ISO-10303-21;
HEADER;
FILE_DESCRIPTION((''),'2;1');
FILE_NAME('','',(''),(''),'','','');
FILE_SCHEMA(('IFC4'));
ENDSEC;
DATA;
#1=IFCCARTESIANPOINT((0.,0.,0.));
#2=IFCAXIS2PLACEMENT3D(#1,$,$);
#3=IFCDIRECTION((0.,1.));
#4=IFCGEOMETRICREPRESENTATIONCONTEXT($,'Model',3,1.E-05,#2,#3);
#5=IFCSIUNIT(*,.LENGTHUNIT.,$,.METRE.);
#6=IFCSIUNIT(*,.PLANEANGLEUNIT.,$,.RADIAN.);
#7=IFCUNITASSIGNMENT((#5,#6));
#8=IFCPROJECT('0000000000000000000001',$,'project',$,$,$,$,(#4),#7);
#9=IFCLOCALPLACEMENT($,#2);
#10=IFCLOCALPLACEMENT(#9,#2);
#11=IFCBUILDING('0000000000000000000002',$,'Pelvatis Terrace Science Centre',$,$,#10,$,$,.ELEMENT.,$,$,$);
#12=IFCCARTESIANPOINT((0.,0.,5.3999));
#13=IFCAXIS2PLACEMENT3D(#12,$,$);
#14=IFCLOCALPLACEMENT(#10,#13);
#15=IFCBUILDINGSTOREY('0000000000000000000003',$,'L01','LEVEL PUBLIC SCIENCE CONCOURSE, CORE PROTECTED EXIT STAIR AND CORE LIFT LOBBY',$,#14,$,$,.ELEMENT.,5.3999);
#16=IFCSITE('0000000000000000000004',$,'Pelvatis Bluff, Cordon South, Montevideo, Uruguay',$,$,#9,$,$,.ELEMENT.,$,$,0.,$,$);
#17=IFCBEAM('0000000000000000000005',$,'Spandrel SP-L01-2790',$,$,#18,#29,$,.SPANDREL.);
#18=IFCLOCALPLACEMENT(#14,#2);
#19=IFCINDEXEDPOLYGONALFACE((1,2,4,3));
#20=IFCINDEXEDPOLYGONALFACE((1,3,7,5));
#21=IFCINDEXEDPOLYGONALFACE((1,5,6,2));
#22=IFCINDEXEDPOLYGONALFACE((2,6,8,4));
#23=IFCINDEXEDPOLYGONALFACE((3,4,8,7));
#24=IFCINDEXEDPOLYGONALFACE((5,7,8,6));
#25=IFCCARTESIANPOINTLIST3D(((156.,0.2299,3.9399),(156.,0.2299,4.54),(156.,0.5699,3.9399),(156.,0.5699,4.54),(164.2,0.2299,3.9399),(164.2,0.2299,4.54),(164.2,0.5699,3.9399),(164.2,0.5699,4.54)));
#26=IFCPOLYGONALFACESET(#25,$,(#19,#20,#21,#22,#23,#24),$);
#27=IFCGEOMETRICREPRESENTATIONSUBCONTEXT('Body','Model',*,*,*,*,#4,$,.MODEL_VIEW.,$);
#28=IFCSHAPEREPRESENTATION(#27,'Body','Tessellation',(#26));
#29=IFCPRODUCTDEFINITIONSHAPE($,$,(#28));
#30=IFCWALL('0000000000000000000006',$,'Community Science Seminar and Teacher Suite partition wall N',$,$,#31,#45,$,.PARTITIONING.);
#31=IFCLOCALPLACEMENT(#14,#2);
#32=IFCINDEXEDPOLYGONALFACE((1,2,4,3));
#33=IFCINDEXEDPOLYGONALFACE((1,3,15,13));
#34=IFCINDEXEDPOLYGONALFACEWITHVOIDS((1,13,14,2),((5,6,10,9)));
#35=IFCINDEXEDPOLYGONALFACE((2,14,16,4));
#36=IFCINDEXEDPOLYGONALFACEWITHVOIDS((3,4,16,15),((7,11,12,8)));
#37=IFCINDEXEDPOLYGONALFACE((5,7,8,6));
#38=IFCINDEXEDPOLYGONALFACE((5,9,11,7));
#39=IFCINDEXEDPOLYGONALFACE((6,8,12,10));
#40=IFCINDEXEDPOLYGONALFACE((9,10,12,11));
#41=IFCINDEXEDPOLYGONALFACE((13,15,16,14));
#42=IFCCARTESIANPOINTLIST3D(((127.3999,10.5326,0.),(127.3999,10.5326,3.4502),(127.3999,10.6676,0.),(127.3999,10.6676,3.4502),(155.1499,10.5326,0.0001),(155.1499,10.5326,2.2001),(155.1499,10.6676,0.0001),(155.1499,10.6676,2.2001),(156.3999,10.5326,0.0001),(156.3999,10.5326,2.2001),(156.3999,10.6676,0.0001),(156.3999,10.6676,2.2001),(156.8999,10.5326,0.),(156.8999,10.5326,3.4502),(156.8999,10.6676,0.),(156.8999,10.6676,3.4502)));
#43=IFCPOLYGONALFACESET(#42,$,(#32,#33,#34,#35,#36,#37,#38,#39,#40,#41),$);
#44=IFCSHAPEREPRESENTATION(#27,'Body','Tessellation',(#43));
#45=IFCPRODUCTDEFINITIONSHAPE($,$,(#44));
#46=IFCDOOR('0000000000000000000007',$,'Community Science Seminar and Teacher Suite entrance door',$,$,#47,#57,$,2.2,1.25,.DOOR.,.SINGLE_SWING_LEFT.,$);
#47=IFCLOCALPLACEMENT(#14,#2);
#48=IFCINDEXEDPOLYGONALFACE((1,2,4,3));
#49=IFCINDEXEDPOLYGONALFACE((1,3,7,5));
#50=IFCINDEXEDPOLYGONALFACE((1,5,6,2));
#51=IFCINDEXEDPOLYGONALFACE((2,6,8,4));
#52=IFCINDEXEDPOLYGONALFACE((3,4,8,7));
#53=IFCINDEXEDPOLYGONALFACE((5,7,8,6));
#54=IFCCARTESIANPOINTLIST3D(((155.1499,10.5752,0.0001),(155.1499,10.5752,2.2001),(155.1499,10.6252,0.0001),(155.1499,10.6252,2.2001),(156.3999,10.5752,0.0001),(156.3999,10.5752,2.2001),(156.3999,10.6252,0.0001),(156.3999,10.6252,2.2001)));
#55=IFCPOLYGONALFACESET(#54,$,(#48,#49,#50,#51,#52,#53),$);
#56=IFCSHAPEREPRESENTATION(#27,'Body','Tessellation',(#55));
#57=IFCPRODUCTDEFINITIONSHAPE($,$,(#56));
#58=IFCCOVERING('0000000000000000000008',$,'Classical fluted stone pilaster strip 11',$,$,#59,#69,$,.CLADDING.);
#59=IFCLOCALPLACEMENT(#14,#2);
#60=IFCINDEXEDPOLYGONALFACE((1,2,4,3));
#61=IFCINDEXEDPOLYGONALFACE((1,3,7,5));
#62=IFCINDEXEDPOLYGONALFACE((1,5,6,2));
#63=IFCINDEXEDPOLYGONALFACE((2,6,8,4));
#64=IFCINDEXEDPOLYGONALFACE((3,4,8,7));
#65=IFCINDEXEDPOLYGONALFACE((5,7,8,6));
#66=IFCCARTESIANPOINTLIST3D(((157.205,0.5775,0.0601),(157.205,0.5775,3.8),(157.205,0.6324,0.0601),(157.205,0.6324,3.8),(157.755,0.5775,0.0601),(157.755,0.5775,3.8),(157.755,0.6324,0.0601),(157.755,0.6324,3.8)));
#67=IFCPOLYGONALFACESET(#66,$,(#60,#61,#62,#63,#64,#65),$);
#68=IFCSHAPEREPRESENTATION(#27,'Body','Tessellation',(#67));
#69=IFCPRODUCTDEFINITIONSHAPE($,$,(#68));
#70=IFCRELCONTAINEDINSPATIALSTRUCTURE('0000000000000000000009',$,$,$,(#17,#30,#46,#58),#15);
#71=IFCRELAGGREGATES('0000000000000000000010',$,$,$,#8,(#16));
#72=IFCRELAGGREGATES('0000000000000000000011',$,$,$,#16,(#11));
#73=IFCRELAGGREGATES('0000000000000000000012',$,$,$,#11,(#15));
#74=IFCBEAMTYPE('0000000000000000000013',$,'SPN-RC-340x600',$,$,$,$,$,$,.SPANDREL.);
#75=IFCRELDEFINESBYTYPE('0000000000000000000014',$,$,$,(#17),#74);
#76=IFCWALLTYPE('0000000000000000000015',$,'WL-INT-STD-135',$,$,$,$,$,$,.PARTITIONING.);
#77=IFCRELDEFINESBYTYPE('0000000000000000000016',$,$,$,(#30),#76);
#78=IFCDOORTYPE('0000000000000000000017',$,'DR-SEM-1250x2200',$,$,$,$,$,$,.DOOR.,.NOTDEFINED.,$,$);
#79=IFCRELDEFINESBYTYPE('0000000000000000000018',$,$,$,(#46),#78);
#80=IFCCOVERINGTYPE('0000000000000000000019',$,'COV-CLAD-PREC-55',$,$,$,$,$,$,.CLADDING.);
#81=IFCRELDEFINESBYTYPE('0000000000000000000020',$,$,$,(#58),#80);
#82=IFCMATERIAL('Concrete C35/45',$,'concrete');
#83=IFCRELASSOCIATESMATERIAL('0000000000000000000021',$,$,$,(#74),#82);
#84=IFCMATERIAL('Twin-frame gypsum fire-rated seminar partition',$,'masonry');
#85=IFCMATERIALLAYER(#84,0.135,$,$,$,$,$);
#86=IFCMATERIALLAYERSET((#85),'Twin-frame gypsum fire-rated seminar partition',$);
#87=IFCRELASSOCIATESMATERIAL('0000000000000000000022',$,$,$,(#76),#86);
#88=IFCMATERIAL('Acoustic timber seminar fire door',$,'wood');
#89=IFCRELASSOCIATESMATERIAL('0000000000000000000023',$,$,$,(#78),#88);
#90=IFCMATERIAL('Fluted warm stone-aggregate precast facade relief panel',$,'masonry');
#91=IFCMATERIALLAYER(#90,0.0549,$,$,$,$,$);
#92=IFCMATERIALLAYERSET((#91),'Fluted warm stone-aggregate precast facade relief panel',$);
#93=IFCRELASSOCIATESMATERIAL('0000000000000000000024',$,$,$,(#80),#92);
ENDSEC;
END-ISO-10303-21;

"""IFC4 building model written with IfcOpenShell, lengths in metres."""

from ifc_helpers import new_model, si_unit, direction, frame, frame_2d, origin, origin_2d, place, context, subcontext, project, spatial, rectangle, extrude, material, layer, layer_set, material_profile, profile_set, type_object, element, fill, save


model = new_model("IFC4")

# Units and contexts
model_context = context("Model", 3, precision=1e-05, world=origin(), true_north=direction((0.0, 1.0)))
body_context = subcontext(model_context, "Body", "Model", "MODEL_VIEW")
ifc_project = project(units=[si_unit("LENGTHUNIT", "METRE"), si_unit("PLANEANGLEUNIT", "RADIAN")], contexts=[model_context])

# Site, building, storey
site_placement = place(None, origin())
site = spatial("IfcSite", under=ifc_project, at=site_placement, Name="Pelvatis Bluff, Cordon South, Montevideo, Uruguay", CompositionType="ELEMENT", RefElevation=0.0)
building_placement = place(site_placement, origin())
building = spatial("IfcBuilding", under=site, at=building_placement, Name="Pelvatis Terrace Science Centre", CompositionType="ELEMENT")
storey_placement = place(building_placement, frame((0.0, 0.0, 5.3999)))
storey = spatial("IfcBuildingStorey", under=building, at=storey_placement, Name="L01", Description="LEVEL PUBLIC SCIENCE CONCOURSE, CORE PROTECTED EXIT STAIR AND CORE LIFT LOBBY", CompositionType="ELEMENT", Elevation=5.3999)

# Beam
ifc_material_1 = material(Name="Concrete C35/45", Category="concrete")
ifc_material_profile_1 = material_profile(ifc_material_1, rectangle(XDim=0.3401, YDim=0.6001, at=origin_2d()), Name="RC-SPN 340x600")
ifc_profile_set_1 = profile_set([ifc_material_profile_1], Name="Concrete C35/45")
beam_type_1 = type_object("IfcBeamType", Name="SPN-RC-340x600", PredefinedType="SPANDREL", material=ifc_profile_set_1)
beam_1_placement = place(storey_placement, frame((156.0, 0.3999, 4.24), z_axis=(1.0, 0.0, 0.0), x_axis=(0.0, 1.0, 0.0)))
element("IfcBeam", 1, at=beam_1_placement, inside=storey, type_object=beam_type_1, Name="Spandrel SP-L01-2790", PredefinedType="SPANDREL", context=body_context, shape_type="SweptSolid", body=[
    extrude(rectangle(XDim=0.3401, YDim=0.6001, at=origin_2d()), origin(), (0.0, 0.0, 1.0), 8.2),
])

# Wall, opening, door
ifc_material_2 = material(Name="Twin-frame gypsum fire-rated seminar partition", Category="masonry")
ifc_layer_1 = layer(ifc_material_2, 0.135)
ifc_layer_set_1 = layer_set([ifc_layer_1], Name="Twin-frame gypsum fire-rated seminar partition")
wall_type = type_object("IfcWallType", Name="WL-INT-STD-135", PredefinedType="PARTITIONING", material=ifc_layer_set_1)
wall_placement = place(storey_placement, frame((156.8999, 10.6001, 0.0), z_axis=(0.0, 0.0, 1.0), x_axis=(-1.0, 0.0, 0.0)))
wall = element("IfcWall", 2, at=wall_placement, inside=storey, type_object=wall_type, Name="Community Science Seminar and Teacher Suite partition wall N", PredefinedType="PARTITIONING", context=body_context, shape_type="SweptSolid", body=[
    extrude(rectangle(XDim=29.5, YDim=0.135, at=frame_2d((14.75, 0.0))), origin(), (0.0, 0.0, 1.0), 3.4502),
])
opening_placement = place(wall_placement, frame((0.5, 0.0, 0.0)))
opening = element("IfcOpeningElement", 3, at=opening_placement, cuts=wall, PredefinedType="OPENING", context=body_context, shape_type="SweptSolid", body=[
    extrude(rectangle(XDim=1.25, YDim=2.2, at=frame_2d((0.625, 1.1001))), frame((0.0, 0.0774, 0.0), z_axis=(0.0, -1.0, 0.0), x_axis=(1.0, 0.0, 0.0)), (0.0, 0.0, 1.0), 0.155),
])
ifc_material_3 = material(Name="Acoustic timber seminar fire door", Category="wood")
door_type = type_object("IfcDoorType", Name="DR-SEM-1250x2200", OperationType="NOTDEFINED", PredefinedType="DOOR", material=ifc_material_3)
door_placement = place(opening_placement, origin())
door = element("IfcDoor", 4, at=door_placement, inside=storey, type_object=door_type, Name="Community Science Seminar and Teacher Suite entrance door", OperationType="SINGLE_SWING_LEFT", OverallHeight=2.2, OverallWidth=1.25, PredefinedType="DOOR", context=body_context, shape_type="SweptSolid", body=[
    extrude(rectangle(XDim=1.25, YDim=2.2, at=frame_2d((0.625, 1.1001))), frame((0.0, 0.0249, 0.0), z_axis=(0.0, -1.0, 0.0), x_axis=(1.0, 0.0, 0.0)), (0.0, 0.0, 1.0), 0.05),
])
fill(opening, door)

# Covering
ifc_material_4 = material(Name="Fluted warm stone-aggregate precast facade relief panel", Category="masonry")
ifc_layer_2 = layer(ifc_material_4, 0.0549)
ifc_layer_set_2 = layer_set([ifc_layer_2], Name="Fluted warm stone-aggregate precast facade relief panel")
covering_type = type_object("IfcCoveringType", Name="COV-CLAD-PREC-55", PredefinedType="CLADDING", material=ifc_layer_set_2)
covering_placement = place(storey_placement, frame((157.48, 0.605, 0.0601), z_axis=(0.0, 0.0, 1.0), x_axis=(1.0, 0.0, 0.0)))
element("IfcCovering", 5, at=covering_placement, inside=storey, type_object=covering_type, Name="Classical fluted stone pilaster strip 11", PredefinedType="CLADDING", context=body_context, shape_type="SweptSolid", body=[
    extrude(rectangle(XDim=0.55, YDim=0.0549, at=origin_2d()), origin(), (0.0, 0.0, 1.0), 3.74),
])

save(model, "model.ifc")
